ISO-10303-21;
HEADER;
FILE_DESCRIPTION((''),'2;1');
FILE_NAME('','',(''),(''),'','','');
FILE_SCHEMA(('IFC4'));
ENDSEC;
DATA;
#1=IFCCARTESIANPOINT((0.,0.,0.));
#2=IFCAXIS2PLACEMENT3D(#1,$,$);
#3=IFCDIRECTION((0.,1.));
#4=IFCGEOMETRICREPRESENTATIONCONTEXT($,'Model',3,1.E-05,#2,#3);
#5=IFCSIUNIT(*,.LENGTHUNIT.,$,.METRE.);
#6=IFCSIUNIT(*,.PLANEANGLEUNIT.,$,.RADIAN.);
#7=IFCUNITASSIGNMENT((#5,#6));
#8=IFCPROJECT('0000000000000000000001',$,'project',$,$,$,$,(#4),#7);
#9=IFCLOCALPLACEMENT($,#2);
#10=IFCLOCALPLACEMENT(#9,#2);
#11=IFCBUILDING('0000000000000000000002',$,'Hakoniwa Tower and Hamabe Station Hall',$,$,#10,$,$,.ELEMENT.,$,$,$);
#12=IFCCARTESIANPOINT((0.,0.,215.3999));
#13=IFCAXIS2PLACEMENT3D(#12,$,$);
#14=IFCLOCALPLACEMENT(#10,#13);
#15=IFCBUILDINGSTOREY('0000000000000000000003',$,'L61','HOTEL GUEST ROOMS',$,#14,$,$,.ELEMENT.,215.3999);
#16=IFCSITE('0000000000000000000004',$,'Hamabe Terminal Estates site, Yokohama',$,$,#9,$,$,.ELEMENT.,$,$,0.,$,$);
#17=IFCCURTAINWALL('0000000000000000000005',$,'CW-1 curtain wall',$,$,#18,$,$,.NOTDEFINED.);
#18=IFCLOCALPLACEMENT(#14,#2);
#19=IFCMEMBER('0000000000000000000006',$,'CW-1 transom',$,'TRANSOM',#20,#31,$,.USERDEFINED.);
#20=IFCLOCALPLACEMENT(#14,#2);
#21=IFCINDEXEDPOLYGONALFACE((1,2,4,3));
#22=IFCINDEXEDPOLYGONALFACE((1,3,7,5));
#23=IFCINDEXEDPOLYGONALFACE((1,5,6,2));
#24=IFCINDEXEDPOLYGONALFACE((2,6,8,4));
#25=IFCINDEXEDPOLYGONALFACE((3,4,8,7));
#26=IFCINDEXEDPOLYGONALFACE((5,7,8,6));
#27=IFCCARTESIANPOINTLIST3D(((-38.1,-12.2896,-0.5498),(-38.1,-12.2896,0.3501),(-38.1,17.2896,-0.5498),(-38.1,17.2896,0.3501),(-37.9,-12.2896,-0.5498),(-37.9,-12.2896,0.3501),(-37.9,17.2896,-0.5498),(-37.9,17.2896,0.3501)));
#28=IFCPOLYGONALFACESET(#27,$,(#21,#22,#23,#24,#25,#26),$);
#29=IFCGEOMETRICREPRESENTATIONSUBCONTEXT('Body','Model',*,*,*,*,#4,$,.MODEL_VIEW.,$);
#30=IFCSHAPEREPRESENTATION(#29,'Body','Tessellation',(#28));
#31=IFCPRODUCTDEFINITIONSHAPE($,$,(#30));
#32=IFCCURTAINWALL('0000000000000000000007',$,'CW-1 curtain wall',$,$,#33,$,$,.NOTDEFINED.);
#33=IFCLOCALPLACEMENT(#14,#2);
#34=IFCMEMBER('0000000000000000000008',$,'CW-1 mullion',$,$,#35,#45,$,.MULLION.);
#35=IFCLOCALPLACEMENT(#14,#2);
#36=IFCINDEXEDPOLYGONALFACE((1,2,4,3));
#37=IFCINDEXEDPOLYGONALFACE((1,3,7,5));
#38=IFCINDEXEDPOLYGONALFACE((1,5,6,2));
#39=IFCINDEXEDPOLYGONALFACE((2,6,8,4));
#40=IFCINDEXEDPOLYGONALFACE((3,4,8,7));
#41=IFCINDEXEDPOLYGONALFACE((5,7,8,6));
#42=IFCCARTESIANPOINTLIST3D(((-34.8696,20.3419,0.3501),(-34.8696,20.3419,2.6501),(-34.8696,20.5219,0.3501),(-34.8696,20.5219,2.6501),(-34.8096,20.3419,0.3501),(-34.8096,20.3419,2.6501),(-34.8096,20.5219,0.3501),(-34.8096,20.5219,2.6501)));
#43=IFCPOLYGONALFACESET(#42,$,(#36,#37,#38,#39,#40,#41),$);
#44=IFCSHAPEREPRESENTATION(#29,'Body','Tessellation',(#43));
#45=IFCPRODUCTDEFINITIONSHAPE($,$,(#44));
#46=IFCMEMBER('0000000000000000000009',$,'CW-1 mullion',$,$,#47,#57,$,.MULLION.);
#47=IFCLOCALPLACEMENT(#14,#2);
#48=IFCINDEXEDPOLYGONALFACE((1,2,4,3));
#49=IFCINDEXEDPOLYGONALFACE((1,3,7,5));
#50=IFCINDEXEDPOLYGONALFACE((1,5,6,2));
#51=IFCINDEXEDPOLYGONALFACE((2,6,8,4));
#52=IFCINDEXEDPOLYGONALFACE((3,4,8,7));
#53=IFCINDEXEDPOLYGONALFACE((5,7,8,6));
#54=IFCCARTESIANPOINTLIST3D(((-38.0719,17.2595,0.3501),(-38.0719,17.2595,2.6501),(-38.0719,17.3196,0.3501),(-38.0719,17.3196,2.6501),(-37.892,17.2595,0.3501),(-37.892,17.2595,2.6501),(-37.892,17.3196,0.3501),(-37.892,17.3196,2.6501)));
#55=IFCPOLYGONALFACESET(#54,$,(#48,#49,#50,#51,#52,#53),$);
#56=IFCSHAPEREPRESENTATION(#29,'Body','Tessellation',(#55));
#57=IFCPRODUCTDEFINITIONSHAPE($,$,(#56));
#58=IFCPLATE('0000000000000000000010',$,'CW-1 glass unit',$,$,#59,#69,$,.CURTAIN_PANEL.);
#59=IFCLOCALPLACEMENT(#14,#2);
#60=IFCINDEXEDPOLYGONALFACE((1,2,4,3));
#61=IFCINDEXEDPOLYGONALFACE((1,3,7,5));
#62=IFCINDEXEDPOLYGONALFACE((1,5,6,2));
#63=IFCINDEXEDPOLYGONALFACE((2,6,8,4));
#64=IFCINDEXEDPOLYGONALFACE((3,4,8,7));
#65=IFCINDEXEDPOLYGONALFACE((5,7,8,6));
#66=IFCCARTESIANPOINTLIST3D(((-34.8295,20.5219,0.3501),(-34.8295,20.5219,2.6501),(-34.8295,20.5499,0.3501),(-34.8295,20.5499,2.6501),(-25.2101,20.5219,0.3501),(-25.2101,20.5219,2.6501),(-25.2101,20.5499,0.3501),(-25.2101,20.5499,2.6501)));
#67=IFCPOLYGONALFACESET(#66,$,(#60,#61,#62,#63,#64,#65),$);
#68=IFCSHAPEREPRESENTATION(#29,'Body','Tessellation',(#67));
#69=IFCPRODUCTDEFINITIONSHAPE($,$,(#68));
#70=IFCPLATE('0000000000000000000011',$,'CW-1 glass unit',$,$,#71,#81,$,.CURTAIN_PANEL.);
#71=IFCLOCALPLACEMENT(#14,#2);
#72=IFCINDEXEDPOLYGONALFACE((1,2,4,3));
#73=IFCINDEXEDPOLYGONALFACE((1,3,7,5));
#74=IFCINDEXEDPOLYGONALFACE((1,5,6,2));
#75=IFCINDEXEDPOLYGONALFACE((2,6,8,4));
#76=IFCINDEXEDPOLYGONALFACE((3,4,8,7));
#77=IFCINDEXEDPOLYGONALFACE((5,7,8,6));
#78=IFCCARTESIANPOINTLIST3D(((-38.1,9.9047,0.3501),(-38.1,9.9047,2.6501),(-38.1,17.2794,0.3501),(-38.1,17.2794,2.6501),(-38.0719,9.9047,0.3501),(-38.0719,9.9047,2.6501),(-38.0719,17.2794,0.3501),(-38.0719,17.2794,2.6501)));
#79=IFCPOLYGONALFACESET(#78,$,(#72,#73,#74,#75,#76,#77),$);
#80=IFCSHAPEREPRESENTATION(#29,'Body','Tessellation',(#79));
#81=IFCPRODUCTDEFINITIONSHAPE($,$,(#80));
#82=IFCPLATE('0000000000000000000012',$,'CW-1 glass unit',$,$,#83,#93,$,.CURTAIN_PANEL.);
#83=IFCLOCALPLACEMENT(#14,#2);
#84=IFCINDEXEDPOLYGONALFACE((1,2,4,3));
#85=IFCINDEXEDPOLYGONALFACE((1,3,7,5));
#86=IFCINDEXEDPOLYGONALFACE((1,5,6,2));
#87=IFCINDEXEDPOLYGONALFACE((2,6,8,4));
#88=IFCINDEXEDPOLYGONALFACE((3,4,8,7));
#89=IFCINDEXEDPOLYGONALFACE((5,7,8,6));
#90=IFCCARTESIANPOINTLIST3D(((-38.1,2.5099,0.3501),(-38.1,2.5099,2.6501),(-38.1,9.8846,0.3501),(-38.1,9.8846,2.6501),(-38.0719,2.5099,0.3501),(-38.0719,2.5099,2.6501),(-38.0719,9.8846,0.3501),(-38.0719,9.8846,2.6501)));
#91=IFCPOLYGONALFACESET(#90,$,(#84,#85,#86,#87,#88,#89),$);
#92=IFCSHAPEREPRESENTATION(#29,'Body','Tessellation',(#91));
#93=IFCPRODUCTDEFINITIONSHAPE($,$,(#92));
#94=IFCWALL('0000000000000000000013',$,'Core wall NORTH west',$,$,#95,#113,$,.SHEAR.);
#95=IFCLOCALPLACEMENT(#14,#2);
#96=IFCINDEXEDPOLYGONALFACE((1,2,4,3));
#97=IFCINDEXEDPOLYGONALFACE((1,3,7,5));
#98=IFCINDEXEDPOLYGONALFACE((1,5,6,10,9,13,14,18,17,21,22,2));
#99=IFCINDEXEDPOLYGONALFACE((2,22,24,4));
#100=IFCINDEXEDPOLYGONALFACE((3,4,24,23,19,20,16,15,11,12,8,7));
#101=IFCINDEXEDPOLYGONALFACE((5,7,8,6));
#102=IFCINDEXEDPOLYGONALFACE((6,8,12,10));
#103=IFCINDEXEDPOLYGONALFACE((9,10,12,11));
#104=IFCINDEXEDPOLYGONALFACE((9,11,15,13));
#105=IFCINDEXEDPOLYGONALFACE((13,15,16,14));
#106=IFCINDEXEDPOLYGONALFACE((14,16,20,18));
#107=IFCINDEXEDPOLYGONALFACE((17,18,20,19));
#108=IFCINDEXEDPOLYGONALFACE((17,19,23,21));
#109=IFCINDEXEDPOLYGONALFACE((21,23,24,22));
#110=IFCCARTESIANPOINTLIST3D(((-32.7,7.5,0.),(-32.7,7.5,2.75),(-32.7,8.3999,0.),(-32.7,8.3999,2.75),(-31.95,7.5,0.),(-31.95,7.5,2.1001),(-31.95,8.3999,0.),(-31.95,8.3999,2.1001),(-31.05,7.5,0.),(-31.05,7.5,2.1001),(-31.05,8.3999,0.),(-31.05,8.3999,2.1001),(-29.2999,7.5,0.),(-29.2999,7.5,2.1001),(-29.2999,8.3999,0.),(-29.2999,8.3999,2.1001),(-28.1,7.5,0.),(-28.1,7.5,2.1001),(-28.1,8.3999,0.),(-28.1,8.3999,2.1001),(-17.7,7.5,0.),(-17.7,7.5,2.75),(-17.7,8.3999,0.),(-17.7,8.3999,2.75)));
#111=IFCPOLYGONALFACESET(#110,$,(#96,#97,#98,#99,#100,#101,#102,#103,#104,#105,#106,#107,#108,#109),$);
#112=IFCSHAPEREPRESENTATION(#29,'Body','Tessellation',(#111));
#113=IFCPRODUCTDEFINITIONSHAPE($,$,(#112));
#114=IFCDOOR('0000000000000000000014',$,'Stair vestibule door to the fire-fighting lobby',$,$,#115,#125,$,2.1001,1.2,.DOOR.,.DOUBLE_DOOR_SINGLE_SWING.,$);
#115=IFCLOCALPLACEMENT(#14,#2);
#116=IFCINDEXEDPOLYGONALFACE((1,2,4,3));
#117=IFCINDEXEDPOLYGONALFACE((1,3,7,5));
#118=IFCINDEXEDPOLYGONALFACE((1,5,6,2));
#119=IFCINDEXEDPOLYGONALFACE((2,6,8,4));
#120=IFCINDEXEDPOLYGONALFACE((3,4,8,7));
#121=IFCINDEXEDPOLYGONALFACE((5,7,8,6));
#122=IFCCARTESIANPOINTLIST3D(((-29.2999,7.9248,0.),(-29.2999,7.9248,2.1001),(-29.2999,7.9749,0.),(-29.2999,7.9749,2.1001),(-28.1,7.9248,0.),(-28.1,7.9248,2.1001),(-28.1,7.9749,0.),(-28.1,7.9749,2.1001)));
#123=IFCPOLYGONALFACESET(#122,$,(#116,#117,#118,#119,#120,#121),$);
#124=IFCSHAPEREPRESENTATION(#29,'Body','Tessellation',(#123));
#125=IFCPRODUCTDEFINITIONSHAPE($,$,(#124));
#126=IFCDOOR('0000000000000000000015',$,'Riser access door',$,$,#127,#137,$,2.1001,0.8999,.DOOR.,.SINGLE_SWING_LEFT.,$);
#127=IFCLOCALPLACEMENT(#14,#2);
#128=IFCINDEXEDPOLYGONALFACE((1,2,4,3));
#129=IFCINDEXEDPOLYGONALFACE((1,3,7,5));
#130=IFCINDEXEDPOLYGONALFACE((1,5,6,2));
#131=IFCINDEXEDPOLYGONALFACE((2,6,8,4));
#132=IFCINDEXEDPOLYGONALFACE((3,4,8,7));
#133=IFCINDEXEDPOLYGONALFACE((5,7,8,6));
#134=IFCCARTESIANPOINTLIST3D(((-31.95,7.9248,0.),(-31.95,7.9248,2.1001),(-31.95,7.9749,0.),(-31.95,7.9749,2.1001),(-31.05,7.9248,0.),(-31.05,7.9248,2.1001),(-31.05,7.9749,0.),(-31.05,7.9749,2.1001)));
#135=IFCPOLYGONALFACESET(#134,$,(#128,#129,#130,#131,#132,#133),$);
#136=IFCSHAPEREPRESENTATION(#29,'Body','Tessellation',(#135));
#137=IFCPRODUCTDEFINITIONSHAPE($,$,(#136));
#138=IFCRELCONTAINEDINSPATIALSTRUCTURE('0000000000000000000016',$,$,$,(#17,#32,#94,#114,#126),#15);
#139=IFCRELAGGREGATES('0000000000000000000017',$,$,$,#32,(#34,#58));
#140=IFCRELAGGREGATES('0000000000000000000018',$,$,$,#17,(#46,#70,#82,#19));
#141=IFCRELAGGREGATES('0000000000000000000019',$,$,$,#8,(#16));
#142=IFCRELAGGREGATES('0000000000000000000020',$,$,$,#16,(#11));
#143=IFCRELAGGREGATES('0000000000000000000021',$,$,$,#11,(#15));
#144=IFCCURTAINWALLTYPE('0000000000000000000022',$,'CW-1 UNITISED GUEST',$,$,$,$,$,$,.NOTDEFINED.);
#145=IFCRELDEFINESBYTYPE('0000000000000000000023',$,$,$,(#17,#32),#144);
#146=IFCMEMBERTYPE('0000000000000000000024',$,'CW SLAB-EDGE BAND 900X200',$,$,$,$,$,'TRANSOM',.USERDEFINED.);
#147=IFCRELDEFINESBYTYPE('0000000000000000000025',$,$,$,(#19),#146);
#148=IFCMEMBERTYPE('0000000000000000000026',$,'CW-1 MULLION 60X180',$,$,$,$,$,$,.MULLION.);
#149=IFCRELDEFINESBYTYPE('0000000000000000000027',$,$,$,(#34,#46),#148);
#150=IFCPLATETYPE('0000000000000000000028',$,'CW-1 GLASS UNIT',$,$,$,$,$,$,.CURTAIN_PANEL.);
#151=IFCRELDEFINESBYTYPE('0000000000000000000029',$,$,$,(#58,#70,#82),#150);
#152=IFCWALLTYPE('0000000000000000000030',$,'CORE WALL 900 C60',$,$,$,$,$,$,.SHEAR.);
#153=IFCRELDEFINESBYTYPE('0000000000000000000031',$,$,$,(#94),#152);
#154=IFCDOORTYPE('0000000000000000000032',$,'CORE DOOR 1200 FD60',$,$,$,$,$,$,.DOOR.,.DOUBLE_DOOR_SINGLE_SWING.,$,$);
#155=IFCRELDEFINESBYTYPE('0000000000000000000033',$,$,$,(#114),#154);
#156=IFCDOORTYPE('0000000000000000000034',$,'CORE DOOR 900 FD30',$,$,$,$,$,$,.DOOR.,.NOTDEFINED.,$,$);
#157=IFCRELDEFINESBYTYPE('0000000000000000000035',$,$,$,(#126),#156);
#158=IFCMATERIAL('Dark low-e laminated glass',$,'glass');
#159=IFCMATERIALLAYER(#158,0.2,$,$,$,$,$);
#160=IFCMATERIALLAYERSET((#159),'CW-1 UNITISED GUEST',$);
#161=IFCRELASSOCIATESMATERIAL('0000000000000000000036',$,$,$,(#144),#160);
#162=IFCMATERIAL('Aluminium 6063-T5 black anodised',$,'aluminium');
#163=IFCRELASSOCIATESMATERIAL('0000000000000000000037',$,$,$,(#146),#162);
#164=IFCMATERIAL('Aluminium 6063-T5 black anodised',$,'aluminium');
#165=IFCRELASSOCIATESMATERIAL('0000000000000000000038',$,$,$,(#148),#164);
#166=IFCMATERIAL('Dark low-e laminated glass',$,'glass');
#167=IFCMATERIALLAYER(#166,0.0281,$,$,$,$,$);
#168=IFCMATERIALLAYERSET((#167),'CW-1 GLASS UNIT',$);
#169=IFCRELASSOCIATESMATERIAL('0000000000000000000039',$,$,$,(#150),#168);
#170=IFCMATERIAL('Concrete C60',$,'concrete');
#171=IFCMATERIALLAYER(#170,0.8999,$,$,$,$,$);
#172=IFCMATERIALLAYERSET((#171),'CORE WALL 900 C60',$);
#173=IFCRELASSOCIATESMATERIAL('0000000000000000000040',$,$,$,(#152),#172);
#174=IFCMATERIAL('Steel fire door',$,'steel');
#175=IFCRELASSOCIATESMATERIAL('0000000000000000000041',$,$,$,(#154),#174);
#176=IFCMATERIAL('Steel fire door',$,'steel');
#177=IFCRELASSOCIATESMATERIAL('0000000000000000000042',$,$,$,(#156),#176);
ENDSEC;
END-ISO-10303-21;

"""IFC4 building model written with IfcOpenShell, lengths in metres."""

from ifc_helpers import new_model, si_unit, direction, frame, frame_2d, origin, origin_2d, place, context, subcontext, project, spatial, rectangle, extrude, material, layer, layer_set, material_profile, profile_set, type_object, element, fill, aggregate, save


model = new_model("IFC4")

# Units and contexts
model_context = context("Model", 3, precision=1e-05, world=origin(), true_north=direction((0.0, 1.0)))
body_context = subcontext(model_context, "Body", "Model", "MODEL_VIEW")
ifc_project = project(units=[si_unit("LENGTHUNIT", "METRE"), si_unit("PLANEANGLEUNIT", "RADIAN")], contexts=[model_context])

# Site, building, storey
site_placement = place(None, origin())
site = spatial("IfcSite", under=ifc_project, at=site_placement, Name="Hamabe Terminal Estates site, Yokohama", CompositionType="ELEMENT", RefElevation=0.0)
building_placement = place(site_placement, origin())
building = spatial("IfcBuilding", under=site, at=building_placement, Name="Hakoniwa Tower and Hamabe Station Hall", CompositionType="ELEMENT")
storey_placement = place(building_placement, frame((0.0, 0.0, 215.3999)))
storey = spatial("IfcBuildingStorey", under=building, at=storey_placement, Name="L61", Description="HOTEL GUEST ROOMS", CompositionType="ELEMENT", Elevation=215.3999)

# Curtain walls, members
ifc_material_1 = material(Name="Dark low-e laminated glass", Category="glass")
ifc_layer_1 = layer(ifc_material_1, 0.2)
ifc_layer_set_1 = layer_set([ifc_layer_1], Name="CW-1 UNITISED GUEST")
curtain_wall_type = type_object("IfcCurtainWallType", Name="CW-1 UNITISED GUEST", PredefinedType="NOTDEFINED", material=ifc_layer_set_1)
curtain_wall_1_placement = place(storey_placement, origin())
curtain_wall_1 = element("IfcCurtainWall", 1, at=curtain_wall_1_placement, inside=storey, type_object=curtain_wall_type, Name="CW-1 curtain wall", PredefinedType="NOTDEFINED")
ifc_material_2 = material(Name="Aluminium 6063-T5 black anodised", Category="aluminium")
ifc_material_profile_1 = material_profile(ifc_material_2, rectangle(XDim=0.2, YDim=0.8999, at=origin_2d()), Name="CW SLAB-EDGE BAND 900X200")
ifc_profile_set_1 = profile_set([ifc_material_profile_1], Name="Aluminium 6063-T5 black anodised")
member_type_1 = type_object("IfcMemberType", Name="CW SLAB-EDGE BAND 900X200", ElementType="TRANSOM", PredefinedType="USERDEFINED", material=ifc_profile_set_1)
member_1_placement = place(storey_placement, frame((-38.0, 17.2896, -0.0999), z_axis=(0.0, -1.0, 0.0), x_axis=(1.0, 0.0, 0.0)))
member_1 = element("IfcMember", 2, at=member_1_placement, type_object=member_type_1, Name="CW-1 transom", ObjectType="TRANSOM", PredefinedType="USERDEFINED", context=body_context, shape_type="SweptSolid", body=[
    extrude(rectangle(XDim=0.2, YDim=0.8999, at=origin_2d()), origin(), (0.0, 0.0, 1.0), 29.5791),
])
curtain_wall_2_placement = place(storey_placement, origin())
curtain_wall_2 = element("IfcCurtainWall", 3, at=curtain_wall_2_placement, inside=storey, type_object=curtain_wall_type, Name="CW-1 curtain wall", PredefinedType="NOTDEFINED")
ifc_material_3 = material(Name="Aluminium 6063-T5 black anodised", Category="aluminium")
ifc_material_profile_2 = material_profile(ifc_material_3, rectangle(XDim=0.0601, YDim=0.1799, at=origin_2d()), Name="CW-1 MULLION 60X180")
ifc_profile_set_2 = profile_set([ifc_material_profile_2], Name="Aluminium 6063-T5 black anodised")
member_type_2 = type_object("IfcMemberType", Name="CW-1 MULLION 60X180", PredefinedType="MULLION", material=ifc_profile_set_2)
member_2_placement = place(storey_placement, frame((-34.8396, 20.4319, 0.3501), z_axis=(0.0, 0.0, 1.0), x_axis=(-1.0, 0.0, 0.0)))
member_2 = element("IfcMember", 4, at=member_2_placement, type_object=member_type_2, Name="CW-1 mullion", PredefinedType="MULLION", context=body_context, shape_type="SweptSolid", body=[
    extrude(rectangle(XDim=0.0601, YDim=0.1799, at=origin_2d()), origin(), (0.0, 0.0, 1.0), 2.3),
])

# Member
member_3_placement = place(storey_placement, frame((-37.9819, 17.2896, 0.3501), z_axis=(0.0, 0.0, 1.0), x_axis=(0.0, -1.0, 0.0)))
member_3 = element("IfcMember", 5, at=member_3_placement, type_object=member_type_2, Name="CW-1 mullion", PredefinedType="MULLION", context=body_context, shape_type="SweptSolid", body=[
    extrude(rectangle(XDim=0.0601, YDim=0.1799, at=origin_2d()), origin(), (0.0, 0.0, 1.0), 2.3),
])

# Plates
ifc_material_4 = material(Name="Dark low-e laminated glass", Category="glass")
ifc_layer_2 = layer(ifc_material_4, 0.0281)
ifc_layer_set_2 = layer_set([ifc_layer_2], Name="CW-1 GLASS UNIT")
plate_type = type_object("IfcPlateType", Name="CW-1 GLASS UNIT", PredefinedType="CURTAIN_PANEL", material=ifc_layer_set_2)
plate_1_placement = place(storey_placement, frame((-30.0198, 20.5359, 0.3501), z_axis=(0.0, 0.0, 1.0), x_axis=(-1.0, 0.0, 0.0)))
plate_1 = element("IfcPlate", 6, at=plate_1_placement, type_object=plate_type, Name="CW-1 glass unit", PredefinedType="CURTAIN_PANEL", context=body_context, shape_type="SweptSolid", body=[
    extrude(rectangle(XDim=9.6194, YDim=0.0281, at=origin_2d()), origin(), (0.0, 0.0, 1.0), 2.3),
])
aggregate(curtain_wall_2, [member_2, plate_1])
plate_2_placement = place(storey_placement, frame((-38.0859, 13.592, 0.3501), z_axis=(0.0, 0.0, 1.0), x_axis=(0.0, -1.0, 0.0)))
plate_2 = element("IfcPlate", 7, at=plate_2_placement, type_object=plate_type, Name="CW-1 glass unit", PredefinedType="CURTAIN_PANEL", context=body_context, shape_type="SweptSolid", body=[
    extrude(rectangle(XDim=7.3748, YDim=0.0281, at=origin_2d()), origin(), (0.0, 0.0, 1.0), 2.3),
])
plate_3_placement = place(storey_placement, frame((-38.0859, 6.1973, 0.3501), z_axis=(0.0, 0.0, 1.0), x_axis=(0.0, -1.0, 0.0)))
plate_3 = element("IfcPlate", 8, at=plate_3_placement, type_object=plate_type, Name="CW-1 glass unit", PredefinedType="CURTAIN_PANEL", context=body_context, shape_type="SweptSolid", body=[
    extrude(rectangle(XDim=7.3748, YDim=0.0281, at=origin_2d()), origin(), (0.0, 0.0, 1.0), 2.3),
])
aggregate(curtain_wall_1, [member_3, plate_2, plate_3, member_1])

# Wall, openings, doors
ifc_material_5 = material(Name="Concrete C60", Category="concrete")
ifc_layer_3 = layer(ifc_material_5, 0.8999)
ifc_layer_set_3 = layer_set([ifc_layer_3], Name="CORE WALL 900 C60")
wall_type_1 = type_object("IfcWallType", Name="CORE WALL 900 C60", PredefinedType="SHEAR", material=ifc_layer_set_3)
wall_1_placement = place(storey_placement, frame((-32.7, 7.95, 0.0), z_axis=(0.0, 0.0, 1.0), x_axis=(1.0, 0.0, 0.0)))
wall_1 = element("IfcWall", 9, at=wall_1_placement, inside=storey, type_object=wall_type_1, Name="Core wall NORTH west", PredefinedType="SHEAR", context=body_context, shape_type="SweptSolid", body=[
    extrude(rectangle(XDim=15.0, YDim=0.8999, at=frame_2d((7.5, 0.0))), origin(), (0.0, 0.0, 1.0), 2.75),
])
opening_1_placement = place(wall_1_placement, frame((3.3999, 0.0, 0.0)))
opening_1 = element("IfcOpeningElement", 10, at=opening_1_placement, cuts=wall_1, PredefinedType="OPENING", context=body_context, shape_type="SweptSolid", body=[
    extrude(rectangle(XDim=1.2, YDim=2.1001, at=frame_2d((0.6001, 1.05))), frame((0.0, 0.46, 0.0), z_axis=(0.0, -1.0, 0.0), x_axis=(1.0, 0.0, 0.0)), (0.0, 0.0, 1.0), 0.9199),
])
opening_2_placement = place(wall_1_placement, frame((0.75, 0.0, 0.0)))
opening_2 = element("IfcOpeningElement", 11, at=opening_2_placement, cuts=wall_1, PredefinedType="OPENING", context=body_context, shape_type="SweptSolid", body=[
    extrude(rectangle(XDim=0.8999, YDim=2.1001, at=frame_2d((0.45, 1.05))), frame((0.0, 0.46, 0.0), z_axis=(0.0, -1.0, 0.0), x_axis=(1.0, 0.0, 0.0)), (0.0, 0.0, 1.0), 0.9199),
])
ifc_material_6 = material(Name="Steel fire door", Category="steel")
door_type_1 = type_object("IfcDoorType", Name="CORE DOOR 1200 FD60", OperationType="DOUBLE_DOOR_SINGLE_SWING", PredefinedType="DOOR", material=ifc_material_6)
door_1_placement = place(opening_1_placement, origin())
door_1 = element("IfcDoor", 12, at=door_1_placement, inside=storey, type_object=door_type_1, Name="Stair vestibule door to the fire-fighting lobby", OperationType="DOUBLE_DOOR_SINGLE_SWING", OverallHeight=2.1001, OverallWidth=1.2, PredefinedType="DOOR", context=body_context, shape_type="SweptSolid", body=[
    extrude(rectangle(XDim=1.2, YDim=2.1001, at=frame_2d((0.6001, 1.05))), frame((0.0, 0.0249, 0.0), z_axis=(0.0, -1.0, 0.0), x_axis=(1.0, 0.0, 0.0)), (0.0, 0.0, 1.0), 0.05),
])
fill(opening_1, door_1)
ifc_material_7 = material(Name="Steel fire door", Category="steel")
door_type_2 = type_object("IfcDoorType", Name="CORE DOOR 900 FD30", OperationType="NOTDEFINED", PredefinedType="DOOR", material=ifc_material_7)
door_2_placement = place(opening_2_placement, origin())
door_2 = element("IfcDoor", 13, at=door_2_placement, inside=storey, type_object=door_type_2, Name="Riser access door", OperationType="SINGLE_SWING_LEFT", OverallHeight=2.1001, OverallWidth=0.8999, PredefinedType="DOOR", context=body_context, shape_type="SweptSolid", body=[
    extrude(rectangle(XDim=0.8999, YDim=2.1001, at=frame_2d((0.45, 1.05))), frame((0.0, 0.0249, 0.0), z_axis=(0.0, -1.0, 0.0), x_axis=(1.0, 0.0, 0.0)), (0.0, 0.0, 1.0), 0.05),
])
fill(opening_2, door_2)

save(model, "model.ifc")
